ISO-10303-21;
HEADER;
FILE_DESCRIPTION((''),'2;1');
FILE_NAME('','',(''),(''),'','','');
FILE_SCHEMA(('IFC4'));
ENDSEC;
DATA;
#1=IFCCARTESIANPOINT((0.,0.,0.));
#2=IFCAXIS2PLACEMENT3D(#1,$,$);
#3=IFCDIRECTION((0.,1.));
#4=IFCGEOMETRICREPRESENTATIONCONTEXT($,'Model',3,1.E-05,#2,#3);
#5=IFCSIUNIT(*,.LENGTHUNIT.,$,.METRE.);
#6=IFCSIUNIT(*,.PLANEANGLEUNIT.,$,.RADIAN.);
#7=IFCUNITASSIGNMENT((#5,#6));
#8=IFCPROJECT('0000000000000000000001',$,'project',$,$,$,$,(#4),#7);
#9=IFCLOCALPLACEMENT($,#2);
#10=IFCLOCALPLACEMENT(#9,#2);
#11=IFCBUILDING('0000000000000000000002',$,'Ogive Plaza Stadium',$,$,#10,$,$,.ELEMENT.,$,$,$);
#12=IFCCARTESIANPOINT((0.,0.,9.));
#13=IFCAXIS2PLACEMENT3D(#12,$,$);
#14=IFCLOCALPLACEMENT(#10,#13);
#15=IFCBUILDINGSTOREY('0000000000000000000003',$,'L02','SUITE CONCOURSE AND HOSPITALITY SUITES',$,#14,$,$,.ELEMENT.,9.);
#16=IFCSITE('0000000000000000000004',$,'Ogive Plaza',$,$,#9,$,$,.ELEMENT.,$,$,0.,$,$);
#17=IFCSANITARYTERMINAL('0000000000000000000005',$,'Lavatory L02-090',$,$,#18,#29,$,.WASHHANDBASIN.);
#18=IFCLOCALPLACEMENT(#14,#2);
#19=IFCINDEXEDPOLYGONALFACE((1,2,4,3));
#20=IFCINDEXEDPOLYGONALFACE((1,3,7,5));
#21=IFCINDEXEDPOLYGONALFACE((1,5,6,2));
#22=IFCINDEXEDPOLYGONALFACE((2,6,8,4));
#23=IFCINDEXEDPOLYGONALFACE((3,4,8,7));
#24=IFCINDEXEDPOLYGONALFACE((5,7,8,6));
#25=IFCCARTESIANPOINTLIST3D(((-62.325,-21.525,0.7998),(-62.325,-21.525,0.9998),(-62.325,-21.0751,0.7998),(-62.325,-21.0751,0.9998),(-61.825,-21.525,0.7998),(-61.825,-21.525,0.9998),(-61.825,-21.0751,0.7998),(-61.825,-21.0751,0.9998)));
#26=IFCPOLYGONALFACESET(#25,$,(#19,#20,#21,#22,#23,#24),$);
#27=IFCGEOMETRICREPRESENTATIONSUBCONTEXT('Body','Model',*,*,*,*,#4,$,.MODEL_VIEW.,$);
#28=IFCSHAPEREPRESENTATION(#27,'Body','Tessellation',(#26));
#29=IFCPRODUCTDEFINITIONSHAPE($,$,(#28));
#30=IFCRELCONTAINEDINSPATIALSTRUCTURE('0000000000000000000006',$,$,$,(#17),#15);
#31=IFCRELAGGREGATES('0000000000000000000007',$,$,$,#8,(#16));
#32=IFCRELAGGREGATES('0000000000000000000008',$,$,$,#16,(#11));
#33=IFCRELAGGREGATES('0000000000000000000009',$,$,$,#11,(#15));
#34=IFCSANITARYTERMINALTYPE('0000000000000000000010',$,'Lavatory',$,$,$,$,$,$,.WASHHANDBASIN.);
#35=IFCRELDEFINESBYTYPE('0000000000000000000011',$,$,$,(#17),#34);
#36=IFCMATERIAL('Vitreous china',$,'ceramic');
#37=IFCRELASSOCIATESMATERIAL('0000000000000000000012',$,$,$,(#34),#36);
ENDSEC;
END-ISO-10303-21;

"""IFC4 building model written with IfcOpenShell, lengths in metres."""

from ifc_helpers import new_model, si_unit, direction, frame, origin, origin_2d, place, context, subcontext, project, spatial, rectangle, extrude, material, type_object, element, save


model = new_model("IFC4")

# Units and contexts
model_context = context("Model", 3, precision=1e-05, world=origin(), true_north=direction((0.0, 1.0)))
body_context = subcontext(model_context, "Body", "Model", "MODEL_VIEW")
ifc_project = project(units=[si_unit("LENGTHUNIT", "METRE"), si_unit("PLANEANGLEUNIT", "RADIAN")], contexts=[model_context])

# Site, building, storey
site_placement = place(None, origin())
site = spatial("IfcSite", under=ifc_project, at=site_placement, Name="Ogive Plaza", CompositionType="ELEMENT", RefElevation=0.0)
building_placement = place(site_placement, origin())
building = spatial("IfcBuilding", under=site, at=building_placement, Name="Ogive Plaza Stadium", CompositionType="ELEMENT")
storey_placement = place(building_placement, frame((0.0, 0.0, 9.0)))
storey = spatial("IfcBuildingStorey", under=building, at=storey_placement, Name="L02", Description="SUITE CONCOURSE AND HOSPITALITY SUITES", CompositionType="ELEMENT", Elevation=9.0)

# Sanitary terminal
ifc_material_1 = material(Name="Vitreous china", Category="ceramic")
sanitary_terminal_type = type_object("IfcSanitaryTerminalType", Name="Lavatory", PredefinedType="WASHHANDBASIN", material=ifc_material_1)
sanitary_terminal_placement = place(storey_placement, frame((-62.075, -21.3, 0.7998), z_axis=(0.0, 0.0, 1.0), x_axis=(-1.0, 0.0, 0.0)))
element("IfcSanitaryTerminal", 1, at=sanitary_terminal_placement, inside=storey, type_object=sanitary_terminal_type, Name="Lavatory L02-090", PredefinedType="WASHHANDBASIN", context=body_context, shape_type="SweptSolid", body=[
    extrude(rectangle(XDim=0.5, YDim=0.45, at=origin_2d()), origin(), (0.0, 0.0, 1.0), 0.2),
])

save(model, "model.ifc")
